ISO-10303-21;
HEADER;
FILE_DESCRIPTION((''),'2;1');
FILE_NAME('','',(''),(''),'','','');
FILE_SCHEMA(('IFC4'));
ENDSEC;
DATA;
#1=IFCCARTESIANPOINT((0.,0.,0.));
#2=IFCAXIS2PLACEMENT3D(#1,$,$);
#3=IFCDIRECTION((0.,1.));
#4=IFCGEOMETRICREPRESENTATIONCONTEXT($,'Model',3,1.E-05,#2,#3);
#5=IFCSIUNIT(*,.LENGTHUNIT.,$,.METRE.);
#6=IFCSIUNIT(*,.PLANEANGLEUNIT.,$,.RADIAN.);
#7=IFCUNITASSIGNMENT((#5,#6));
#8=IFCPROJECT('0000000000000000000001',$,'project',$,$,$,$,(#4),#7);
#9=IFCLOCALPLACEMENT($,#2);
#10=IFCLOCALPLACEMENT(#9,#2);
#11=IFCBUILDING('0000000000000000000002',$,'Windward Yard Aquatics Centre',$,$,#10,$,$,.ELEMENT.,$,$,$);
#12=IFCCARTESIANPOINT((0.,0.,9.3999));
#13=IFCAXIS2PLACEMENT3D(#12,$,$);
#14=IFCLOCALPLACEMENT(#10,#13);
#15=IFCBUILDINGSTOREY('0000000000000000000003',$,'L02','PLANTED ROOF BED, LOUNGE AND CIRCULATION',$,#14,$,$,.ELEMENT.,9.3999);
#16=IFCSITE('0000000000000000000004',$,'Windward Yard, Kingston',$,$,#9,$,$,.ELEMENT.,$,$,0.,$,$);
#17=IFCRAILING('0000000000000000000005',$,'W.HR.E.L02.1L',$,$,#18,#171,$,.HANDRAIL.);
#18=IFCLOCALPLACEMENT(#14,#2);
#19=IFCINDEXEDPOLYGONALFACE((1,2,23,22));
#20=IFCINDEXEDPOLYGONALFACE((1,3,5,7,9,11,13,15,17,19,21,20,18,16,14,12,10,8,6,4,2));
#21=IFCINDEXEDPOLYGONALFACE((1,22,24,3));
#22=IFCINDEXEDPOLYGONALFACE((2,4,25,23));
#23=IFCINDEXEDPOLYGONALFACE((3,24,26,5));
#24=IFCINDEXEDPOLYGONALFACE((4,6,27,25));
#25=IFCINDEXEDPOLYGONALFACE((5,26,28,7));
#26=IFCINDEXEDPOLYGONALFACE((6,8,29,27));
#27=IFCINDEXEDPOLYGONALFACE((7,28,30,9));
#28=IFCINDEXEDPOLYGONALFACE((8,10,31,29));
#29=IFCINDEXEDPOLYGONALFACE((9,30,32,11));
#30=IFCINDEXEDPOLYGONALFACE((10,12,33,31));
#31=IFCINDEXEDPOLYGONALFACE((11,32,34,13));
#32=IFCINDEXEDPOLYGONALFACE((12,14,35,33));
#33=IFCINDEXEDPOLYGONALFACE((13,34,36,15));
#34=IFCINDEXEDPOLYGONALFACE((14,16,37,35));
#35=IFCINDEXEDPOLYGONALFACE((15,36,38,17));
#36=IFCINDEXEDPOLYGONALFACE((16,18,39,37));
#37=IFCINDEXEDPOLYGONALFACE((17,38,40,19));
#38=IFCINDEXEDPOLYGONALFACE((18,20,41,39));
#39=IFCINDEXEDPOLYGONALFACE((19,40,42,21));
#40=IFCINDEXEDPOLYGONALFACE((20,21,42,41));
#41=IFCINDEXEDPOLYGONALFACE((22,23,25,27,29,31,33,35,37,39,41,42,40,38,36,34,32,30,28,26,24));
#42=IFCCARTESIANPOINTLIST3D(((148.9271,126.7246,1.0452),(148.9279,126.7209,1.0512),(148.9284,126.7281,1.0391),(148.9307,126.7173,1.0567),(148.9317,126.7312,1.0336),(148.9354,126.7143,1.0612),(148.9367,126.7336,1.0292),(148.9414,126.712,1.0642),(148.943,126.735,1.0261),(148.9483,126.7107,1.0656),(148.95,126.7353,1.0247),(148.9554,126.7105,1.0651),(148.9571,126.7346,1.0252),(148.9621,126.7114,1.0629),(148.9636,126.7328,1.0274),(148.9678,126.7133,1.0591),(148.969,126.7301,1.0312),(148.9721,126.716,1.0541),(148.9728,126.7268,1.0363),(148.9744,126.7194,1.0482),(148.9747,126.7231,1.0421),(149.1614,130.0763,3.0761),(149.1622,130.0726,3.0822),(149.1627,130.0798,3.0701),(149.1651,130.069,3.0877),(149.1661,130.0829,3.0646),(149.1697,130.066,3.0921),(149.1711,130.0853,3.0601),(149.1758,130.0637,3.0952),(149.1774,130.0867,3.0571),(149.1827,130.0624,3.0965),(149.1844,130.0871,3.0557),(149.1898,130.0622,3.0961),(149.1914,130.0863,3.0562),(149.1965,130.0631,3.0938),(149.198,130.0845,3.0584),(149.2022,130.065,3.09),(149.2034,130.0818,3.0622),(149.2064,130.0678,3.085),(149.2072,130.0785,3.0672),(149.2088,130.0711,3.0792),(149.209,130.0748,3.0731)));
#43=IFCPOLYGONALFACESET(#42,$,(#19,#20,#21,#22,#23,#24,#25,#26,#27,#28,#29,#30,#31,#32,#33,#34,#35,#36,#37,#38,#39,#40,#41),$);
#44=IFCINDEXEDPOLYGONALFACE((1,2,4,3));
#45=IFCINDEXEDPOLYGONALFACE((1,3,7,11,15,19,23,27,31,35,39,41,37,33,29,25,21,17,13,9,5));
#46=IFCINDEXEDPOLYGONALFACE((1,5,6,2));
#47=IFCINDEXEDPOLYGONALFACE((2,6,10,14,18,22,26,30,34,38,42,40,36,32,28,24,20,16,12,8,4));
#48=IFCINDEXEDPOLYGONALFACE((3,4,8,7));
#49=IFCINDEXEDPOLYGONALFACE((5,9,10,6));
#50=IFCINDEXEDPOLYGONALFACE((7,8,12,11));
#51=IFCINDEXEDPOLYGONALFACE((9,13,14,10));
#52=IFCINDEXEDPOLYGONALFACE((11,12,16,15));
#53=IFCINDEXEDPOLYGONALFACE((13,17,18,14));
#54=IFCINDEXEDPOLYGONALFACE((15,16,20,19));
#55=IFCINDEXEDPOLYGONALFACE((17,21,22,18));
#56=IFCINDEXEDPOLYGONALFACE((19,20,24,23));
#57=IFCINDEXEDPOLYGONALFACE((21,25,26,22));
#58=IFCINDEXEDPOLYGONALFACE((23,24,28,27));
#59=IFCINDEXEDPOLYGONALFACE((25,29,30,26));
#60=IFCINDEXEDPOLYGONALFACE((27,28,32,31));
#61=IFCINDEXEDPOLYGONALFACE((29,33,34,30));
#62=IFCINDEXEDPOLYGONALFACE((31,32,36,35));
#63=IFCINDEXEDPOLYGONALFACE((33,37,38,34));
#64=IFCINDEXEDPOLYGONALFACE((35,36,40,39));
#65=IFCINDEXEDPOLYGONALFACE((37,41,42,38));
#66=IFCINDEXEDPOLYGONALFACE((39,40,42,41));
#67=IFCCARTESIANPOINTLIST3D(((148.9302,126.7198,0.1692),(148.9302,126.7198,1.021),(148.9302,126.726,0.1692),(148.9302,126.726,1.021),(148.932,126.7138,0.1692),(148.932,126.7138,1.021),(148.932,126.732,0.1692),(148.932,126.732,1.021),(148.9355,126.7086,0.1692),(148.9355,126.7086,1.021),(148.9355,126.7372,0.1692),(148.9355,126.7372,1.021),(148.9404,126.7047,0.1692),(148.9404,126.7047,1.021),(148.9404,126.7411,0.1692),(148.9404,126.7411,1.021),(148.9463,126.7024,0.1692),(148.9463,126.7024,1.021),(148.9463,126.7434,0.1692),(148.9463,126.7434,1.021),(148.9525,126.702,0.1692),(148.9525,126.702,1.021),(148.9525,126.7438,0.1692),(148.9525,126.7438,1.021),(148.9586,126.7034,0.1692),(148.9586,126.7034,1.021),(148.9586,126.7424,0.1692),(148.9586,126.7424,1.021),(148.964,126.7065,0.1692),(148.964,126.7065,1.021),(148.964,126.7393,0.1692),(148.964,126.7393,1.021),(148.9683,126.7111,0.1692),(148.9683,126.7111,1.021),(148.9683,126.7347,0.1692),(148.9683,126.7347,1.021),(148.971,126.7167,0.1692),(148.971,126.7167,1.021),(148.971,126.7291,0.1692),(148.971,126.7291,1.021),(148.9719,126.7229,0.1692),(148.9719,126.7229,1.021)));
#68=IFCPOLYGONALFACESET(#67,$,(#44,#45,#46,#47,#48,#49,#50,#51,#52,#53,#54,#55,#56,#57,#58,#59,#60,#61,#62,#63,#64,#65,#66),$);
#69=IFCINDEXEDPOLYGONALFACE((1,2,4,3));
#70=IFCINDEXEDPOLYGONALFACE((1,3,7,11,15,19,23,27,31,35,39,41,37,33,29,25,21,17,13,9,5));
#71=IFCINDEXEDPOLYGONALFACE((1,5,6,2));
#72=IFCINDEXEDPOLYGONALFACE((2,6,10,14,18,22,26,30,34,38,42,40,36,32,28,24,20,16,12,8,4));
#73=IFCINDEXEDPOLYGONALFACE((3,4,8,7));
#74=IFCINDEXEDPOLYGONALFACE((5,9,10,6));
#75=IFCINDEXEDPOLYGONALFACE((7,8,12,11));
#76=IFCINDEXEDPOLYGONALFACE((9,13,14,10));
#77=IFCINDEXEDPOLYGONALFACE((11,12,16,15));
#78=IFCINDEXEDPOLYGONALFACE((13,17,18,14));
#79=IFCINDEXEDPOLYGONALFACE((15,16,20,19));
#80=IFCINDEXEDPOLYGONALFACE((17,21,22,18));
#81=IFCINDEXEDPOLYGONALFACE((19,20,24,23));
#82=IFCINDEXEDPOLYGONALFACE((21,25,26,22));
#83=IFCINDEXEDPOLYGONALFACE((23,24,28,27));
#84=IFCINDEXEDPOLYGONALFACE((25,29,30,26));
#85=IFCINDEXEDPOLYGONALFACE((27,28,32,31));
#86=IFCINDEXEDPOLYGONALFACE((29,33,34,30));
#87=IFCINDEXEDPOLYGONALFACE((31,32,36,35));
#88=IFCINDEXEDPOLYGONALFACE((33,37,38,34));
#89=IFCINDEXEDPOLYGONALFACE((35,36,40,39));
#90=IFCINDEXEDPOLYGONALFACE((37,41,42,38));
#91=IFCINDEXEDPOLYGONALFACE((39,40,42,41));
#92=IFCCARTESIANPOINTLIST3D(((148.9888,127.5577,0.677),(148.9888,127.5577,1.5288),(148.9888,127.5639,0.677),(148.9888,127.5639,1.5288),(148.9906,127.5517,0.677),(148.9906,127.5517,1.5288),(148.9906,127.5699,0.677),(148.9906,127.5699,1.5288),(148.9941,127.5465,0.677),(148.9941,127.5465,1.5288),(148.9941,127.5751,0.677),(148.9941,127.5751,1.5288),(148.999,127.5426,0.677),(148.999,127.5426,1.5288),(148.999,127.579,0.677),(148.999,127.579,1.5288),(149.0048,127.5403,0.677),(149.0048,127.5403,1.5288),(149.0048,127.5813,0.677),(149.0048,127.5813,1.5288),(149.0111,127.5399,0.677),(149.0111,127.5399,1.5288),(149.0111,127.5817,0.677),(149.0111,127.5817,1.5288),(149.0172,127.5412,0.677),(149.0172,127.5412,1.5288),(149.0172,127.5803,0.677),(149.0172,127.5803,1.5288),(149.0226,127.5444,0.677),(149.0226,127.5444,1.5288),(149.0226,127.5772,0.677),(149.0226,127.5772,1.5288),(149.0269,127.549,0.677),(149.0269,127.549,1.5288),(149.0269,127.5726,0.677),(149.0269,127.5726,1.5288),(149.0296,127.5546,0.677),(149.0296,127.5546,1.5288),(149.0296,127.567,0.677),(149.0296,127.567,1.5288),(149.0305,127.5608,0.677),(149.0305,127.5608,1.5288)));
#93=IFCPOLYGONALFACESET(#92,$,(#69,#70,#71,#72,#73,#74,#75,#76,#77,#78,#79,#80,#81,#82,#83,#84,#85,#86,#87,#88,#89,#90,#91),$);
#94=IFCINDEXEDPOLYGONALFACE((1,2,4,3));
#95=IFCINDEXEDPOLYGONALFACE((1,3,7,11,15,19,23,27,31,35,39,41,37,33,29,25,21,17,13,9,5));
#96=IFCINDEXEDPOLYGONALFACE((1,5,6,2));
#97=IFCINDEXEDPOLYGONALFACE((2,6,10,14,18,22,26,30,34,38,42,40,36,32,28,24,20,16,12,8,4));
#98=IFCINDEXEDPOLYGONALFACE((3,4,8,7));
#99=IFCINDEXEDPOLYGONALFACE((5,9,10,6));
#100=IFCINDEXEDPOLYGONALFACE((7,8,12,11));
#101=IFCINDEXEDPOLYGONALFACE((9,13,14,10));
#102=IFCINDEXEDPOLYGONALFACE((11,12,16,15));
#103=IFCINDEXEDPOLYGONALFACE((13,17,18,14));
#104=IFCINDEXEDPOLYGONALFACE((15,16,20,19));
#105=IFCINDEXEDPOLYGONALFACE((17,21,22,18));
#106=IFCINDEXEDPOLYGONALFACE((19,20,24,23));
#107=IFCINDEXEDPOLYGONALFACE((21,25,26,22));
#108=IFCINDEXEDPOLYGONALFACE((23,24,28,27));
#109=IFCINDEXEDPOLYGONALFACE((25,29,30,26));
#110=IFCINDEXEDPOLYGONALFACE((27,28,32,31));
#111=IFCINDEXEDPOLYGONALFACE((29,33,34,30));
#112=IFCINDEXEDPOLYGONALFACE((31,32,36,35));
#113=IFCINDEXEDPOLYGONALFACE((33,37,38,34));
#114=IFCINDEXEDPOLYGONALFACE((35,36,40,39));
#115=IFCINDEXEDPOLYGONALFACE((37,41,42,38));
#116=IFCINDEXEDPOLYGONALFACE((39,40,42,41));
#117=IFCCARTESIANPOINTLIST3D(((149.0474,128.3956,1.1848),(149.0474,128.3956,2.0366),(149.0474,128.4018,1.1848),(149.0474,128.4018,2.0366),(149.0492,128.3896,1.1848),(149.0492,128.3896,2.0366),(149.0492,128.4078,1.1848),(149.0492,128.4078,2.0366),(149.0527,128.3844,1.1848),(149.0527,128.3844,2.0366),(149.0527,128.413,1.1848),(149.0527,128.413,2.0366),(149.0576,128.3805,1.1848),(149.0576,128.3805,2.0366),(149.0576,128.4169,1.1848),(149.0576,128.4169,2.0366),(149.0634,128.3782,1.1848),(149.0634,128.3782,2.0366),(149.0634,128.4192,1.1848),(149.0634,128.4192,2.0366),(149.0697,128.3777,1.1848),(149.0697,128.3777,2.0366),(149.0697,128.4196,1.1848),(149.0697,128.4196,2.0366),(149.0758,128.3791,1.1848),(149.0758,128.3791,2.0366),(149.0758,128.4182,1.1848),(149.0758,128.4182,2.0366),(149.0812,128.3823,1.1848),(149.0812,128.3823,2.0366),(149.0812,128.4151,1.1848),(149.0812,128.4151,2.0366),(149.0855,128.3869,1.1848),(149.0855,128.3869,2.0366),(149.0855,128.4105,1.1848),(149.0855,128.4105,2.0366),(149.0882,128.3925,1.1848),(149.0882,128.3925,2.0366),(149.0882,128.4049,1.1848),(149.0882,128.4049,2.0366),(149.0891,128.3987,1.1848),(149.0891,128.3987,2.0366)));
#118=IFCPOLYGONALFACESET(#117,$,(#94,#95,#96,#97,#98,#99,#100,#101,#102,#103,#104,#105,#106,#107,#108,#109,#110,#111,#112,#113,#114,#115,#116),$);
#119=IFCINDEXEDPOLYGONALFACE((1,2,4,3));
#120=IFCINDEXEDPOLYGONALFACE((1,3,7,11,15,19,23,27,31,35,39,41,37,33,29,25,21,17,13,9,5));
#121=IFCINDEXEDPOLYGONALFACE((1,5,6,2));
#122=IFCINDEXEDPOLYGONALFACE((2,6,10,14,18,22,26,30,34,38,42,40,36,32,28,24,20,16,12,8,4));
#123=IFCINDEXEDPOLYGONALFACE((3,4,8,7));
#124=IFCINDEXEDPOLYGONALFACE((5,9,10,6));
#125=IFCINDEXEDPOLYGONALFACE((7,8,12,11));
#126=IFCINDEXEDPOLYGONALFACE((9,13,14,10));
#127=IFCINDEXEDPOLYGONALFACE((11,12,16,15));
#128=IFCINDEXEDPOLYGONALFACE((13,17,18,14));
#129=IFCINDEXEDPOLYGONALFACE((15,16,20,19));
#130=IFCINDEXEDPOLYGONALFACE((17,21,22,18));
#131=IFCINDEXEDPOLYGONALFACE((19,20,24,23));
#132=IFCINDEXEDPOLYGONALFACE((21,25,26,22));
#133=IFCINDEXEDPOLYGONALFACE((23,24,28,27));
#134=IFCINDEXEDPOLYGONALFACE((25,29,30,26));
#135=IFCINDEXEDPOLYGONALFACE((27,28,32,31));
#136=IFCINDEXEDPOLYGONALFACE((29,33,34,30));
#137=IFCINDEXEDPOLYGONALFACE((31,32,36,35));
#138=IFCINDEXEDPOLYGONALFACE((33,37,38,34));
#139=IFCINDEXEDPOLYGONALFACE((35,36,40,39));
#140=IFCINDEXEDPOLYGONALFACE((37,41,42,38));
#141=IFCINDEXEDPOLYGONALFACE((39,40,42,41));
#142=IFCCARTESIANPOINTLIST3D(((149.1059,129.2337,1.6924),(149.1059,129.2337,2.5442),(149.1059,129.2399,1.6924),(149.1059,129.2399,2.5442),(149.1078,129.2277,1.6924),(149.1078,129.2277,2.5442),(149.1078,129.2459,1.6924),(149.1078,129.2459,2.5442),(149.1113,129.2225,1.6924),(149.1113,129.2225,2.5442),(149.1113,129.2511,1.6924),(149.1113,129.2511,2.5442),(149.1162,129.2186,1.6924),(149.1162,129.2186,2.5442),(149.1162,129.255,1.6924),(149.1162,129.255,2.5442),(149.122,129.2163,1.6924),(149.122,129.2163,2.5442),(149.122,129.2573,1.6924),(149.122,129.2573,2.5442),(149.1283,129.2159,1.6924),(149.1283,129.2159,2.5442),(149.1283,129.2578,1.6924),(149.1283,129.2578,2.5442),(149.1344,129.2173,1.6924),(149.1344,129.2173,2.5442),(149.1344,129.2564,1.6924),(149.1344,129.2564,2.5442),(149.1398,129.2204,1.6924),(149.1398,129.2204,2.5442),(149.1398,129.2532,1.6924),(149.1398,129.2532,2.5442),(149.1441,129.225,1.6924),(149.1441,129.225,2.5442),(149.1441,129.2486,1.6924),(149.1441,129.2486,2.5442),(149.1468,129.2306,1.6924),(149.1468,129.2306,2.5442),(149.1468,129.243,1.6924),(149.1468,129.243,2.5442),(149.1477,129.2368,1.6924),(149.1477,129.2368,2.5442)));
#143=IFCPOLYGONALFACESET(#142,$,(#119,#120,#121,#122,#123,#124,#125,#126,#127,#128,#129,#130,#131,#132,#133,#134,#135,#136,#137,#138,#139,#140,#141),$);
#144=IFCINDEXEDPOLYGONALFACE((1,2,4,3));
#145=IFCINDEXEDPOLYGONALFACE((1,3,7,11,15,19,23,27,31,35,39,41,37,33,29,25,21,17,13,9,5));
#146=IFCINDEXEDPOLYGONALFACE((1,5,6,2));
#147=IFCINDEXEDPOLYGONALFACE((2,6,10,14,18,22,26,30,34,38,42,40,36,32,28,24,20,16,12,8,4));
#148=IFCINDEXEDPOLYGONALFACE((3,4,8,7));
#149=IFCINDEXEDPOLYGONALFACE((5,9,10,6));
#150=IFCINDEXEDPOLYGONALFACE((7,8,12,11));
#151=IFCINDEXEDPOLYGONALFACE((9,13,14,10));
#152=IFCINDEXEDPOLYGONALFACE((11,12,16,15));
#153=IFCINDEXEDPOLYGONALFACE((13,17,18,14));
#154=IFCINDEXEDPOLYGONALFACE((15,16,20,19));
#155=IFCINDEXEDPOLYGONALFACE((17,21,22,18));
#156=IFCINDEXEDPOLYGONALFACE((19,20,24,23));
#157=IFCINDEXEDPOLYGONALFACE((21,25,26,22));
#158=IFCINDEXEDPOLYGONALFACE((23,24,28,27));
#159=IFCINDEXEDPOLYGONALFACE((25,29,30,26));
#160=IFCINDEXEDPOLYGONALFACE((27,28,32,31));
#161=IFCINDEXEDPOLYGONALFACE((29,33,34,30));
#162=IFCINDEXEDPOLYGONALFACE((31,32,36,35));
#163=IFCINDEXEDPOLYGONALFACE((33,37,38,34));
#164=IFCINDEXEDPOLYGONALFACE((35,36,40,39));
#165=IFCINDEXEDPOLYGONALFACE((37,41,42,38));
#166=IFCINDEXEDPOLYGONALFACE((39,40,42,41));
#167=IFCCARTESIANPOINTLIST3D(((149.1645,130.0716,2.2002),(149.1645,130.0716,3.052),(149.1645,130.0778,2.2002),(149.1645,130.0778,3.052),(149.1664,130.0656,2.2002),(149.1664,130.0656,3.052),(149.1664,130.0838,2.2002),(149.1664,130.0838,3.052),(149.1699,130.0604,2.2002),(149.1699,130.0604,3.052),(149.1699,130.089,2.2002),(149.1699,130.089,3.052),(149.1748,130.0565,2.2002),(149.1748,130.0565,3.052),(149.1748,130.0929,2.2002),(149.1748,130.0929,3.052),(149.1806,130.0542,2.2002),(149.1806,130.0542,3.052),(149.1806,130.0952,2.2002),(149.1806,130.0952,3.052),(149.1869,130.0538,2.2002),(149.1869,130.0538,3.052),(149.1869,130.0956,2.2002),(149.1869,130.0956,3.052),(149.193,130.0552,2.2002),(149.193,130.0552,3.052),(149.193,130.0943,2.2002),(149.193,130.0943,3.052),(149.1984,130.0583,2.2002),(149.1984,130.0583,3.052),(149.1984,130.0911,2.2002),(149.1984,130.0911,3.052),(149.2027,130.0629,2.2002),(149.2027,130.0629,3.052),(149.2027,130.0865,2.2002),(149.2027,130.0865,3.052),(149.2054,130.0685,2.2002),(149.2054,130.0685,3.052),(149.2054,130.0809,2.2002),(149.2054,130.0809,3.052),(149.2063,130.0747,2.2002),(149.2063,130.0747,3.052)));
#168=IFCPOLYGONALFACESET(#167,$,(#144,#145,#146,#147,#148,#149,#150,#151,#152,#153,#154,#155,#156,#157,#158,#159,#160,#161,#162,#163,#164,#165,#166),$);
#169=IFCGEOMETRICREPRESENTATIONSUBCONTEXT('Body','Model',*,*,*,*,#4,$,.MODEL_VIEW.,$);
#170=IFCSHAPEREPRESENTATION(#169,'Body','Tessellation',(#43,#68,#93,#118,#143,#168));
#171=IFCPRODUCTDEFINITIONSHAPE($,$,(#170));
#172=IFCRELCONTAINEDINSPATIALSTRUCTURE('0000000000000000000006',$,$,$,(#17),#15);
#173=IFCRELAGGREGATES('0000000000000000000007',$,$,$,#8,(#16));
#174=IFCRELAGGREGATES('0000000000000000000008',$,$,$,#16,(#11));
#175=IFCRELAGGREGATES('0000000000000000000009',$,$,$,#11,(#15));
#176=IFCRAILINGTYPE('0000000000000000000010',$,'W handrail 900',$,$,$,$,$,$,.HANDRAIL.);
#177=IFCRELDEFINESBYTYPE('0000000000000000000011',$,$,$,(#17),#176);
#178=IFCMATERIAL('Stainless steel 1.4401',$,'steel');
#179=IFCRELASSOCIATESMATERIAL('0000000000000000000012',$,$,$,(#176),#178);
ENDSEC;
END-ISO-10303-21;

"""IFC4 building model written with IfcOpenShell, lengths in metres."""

from ifc_helpers import new_model, si_unit, direction, frame, origin, origin_2d, place, context, subcontext, project, spatial, circle, extrude, material, type_object, element, save


model = new_model("IFC4")

# Units and contexts
model_context = context("Model", 3, precision=1e-05, world=origin(), true_north=direction((0.0, 1.0)))
body_context = subcontext(model_context, "Body", "Model", "MODEL_VIEW")
ifc_project = project(units=[si_unit("LENGTHUNIT", "METRE"), si_unit("PLANEANGLEUNIT", "RADIAN")], contexts=[model_context])

# Site, building, storey
site_placement = place(None, origin())
site = spatial("IfcSite", under=ifc_project, at=site_placement, Name="Windward Yard, Kingston", CompositionType="ELEMENT", RefElevation=0.0)
building_placement = place(site_placement, origin())
building = spatial("IfcBuilding", under=site, at=building_placement, Name="Windward Yard Aquatics Centre", CompositionType="ELEMENT")
storey_placement = place(building_placement, frame((0.0, 0.0, 9.3999)))
storey = spatial("IfcBuildingStorey", under=building, at=storey_placement, Name="L02", Description="PLANTED ROOF BED, LOUNGE AND CIRCULATION", CompositionType="ELEMENT", Elevation=9.3999)

# Railing
ifc_material_1 = material(Name="Stainless steel 1.4401", Category="steel")
railing_type_1 = type_object("IfcRailingType", Name="W handrail 900", PredefinedType="HANDRAIL", material=ifc_material_1)
for number, where, name in (
    (1, (148.9509, 126.7229, 0.1692), "W.HR.E.L02.1L"),
):
    element("IfcRailing", number, at=place(storey_placement, frame(where)), inside=storey, type_object=railing_type_1, Name=name, PredefinedType="HANDRAIL", context=body_context, shape_type="SweptSolid", body=[
        extrude(circle(Radius=0.0239, at=origin_2d()), frame((0.0, 0.0, 0.876), z_axis=(0.059696, 0.853717, 0.517304), x_axis=(-0.997564, 0.069755, 0.0)), (0.0, 0.0, 1.0), 3.926),
        extrude(circle(Radius=0.021, at=origin_2d()), origin(), (0.0, 0.0, 1.0), 0.8518),
        extrude(circle(Radius=0.021, at=origin_2d()), frame((0.0586, 0.8379, 0.5078)), (0.0, 0.0, 1.0), 0.8518),
        extrude(circle(Radius=0.021, at=origin_2d()), frame((0.1172, 1.6758, 1.0156)), (0.0, 0.0, 1.0), 0.8518),
        extrude(circle(Radius=0.021, at=origin_2d()), frame((0.1758, 2.5139, 1.5232)), (0.0, 0.0, 1.0), 0.8518),
        extrude(circle(Radius=0.021, at=origin_2d()), frame((0.2344, 3.3518, 2.031)), (0.0, 0.0, 1.0), 0.8518),
    ])

save(model, "model.ifc")
